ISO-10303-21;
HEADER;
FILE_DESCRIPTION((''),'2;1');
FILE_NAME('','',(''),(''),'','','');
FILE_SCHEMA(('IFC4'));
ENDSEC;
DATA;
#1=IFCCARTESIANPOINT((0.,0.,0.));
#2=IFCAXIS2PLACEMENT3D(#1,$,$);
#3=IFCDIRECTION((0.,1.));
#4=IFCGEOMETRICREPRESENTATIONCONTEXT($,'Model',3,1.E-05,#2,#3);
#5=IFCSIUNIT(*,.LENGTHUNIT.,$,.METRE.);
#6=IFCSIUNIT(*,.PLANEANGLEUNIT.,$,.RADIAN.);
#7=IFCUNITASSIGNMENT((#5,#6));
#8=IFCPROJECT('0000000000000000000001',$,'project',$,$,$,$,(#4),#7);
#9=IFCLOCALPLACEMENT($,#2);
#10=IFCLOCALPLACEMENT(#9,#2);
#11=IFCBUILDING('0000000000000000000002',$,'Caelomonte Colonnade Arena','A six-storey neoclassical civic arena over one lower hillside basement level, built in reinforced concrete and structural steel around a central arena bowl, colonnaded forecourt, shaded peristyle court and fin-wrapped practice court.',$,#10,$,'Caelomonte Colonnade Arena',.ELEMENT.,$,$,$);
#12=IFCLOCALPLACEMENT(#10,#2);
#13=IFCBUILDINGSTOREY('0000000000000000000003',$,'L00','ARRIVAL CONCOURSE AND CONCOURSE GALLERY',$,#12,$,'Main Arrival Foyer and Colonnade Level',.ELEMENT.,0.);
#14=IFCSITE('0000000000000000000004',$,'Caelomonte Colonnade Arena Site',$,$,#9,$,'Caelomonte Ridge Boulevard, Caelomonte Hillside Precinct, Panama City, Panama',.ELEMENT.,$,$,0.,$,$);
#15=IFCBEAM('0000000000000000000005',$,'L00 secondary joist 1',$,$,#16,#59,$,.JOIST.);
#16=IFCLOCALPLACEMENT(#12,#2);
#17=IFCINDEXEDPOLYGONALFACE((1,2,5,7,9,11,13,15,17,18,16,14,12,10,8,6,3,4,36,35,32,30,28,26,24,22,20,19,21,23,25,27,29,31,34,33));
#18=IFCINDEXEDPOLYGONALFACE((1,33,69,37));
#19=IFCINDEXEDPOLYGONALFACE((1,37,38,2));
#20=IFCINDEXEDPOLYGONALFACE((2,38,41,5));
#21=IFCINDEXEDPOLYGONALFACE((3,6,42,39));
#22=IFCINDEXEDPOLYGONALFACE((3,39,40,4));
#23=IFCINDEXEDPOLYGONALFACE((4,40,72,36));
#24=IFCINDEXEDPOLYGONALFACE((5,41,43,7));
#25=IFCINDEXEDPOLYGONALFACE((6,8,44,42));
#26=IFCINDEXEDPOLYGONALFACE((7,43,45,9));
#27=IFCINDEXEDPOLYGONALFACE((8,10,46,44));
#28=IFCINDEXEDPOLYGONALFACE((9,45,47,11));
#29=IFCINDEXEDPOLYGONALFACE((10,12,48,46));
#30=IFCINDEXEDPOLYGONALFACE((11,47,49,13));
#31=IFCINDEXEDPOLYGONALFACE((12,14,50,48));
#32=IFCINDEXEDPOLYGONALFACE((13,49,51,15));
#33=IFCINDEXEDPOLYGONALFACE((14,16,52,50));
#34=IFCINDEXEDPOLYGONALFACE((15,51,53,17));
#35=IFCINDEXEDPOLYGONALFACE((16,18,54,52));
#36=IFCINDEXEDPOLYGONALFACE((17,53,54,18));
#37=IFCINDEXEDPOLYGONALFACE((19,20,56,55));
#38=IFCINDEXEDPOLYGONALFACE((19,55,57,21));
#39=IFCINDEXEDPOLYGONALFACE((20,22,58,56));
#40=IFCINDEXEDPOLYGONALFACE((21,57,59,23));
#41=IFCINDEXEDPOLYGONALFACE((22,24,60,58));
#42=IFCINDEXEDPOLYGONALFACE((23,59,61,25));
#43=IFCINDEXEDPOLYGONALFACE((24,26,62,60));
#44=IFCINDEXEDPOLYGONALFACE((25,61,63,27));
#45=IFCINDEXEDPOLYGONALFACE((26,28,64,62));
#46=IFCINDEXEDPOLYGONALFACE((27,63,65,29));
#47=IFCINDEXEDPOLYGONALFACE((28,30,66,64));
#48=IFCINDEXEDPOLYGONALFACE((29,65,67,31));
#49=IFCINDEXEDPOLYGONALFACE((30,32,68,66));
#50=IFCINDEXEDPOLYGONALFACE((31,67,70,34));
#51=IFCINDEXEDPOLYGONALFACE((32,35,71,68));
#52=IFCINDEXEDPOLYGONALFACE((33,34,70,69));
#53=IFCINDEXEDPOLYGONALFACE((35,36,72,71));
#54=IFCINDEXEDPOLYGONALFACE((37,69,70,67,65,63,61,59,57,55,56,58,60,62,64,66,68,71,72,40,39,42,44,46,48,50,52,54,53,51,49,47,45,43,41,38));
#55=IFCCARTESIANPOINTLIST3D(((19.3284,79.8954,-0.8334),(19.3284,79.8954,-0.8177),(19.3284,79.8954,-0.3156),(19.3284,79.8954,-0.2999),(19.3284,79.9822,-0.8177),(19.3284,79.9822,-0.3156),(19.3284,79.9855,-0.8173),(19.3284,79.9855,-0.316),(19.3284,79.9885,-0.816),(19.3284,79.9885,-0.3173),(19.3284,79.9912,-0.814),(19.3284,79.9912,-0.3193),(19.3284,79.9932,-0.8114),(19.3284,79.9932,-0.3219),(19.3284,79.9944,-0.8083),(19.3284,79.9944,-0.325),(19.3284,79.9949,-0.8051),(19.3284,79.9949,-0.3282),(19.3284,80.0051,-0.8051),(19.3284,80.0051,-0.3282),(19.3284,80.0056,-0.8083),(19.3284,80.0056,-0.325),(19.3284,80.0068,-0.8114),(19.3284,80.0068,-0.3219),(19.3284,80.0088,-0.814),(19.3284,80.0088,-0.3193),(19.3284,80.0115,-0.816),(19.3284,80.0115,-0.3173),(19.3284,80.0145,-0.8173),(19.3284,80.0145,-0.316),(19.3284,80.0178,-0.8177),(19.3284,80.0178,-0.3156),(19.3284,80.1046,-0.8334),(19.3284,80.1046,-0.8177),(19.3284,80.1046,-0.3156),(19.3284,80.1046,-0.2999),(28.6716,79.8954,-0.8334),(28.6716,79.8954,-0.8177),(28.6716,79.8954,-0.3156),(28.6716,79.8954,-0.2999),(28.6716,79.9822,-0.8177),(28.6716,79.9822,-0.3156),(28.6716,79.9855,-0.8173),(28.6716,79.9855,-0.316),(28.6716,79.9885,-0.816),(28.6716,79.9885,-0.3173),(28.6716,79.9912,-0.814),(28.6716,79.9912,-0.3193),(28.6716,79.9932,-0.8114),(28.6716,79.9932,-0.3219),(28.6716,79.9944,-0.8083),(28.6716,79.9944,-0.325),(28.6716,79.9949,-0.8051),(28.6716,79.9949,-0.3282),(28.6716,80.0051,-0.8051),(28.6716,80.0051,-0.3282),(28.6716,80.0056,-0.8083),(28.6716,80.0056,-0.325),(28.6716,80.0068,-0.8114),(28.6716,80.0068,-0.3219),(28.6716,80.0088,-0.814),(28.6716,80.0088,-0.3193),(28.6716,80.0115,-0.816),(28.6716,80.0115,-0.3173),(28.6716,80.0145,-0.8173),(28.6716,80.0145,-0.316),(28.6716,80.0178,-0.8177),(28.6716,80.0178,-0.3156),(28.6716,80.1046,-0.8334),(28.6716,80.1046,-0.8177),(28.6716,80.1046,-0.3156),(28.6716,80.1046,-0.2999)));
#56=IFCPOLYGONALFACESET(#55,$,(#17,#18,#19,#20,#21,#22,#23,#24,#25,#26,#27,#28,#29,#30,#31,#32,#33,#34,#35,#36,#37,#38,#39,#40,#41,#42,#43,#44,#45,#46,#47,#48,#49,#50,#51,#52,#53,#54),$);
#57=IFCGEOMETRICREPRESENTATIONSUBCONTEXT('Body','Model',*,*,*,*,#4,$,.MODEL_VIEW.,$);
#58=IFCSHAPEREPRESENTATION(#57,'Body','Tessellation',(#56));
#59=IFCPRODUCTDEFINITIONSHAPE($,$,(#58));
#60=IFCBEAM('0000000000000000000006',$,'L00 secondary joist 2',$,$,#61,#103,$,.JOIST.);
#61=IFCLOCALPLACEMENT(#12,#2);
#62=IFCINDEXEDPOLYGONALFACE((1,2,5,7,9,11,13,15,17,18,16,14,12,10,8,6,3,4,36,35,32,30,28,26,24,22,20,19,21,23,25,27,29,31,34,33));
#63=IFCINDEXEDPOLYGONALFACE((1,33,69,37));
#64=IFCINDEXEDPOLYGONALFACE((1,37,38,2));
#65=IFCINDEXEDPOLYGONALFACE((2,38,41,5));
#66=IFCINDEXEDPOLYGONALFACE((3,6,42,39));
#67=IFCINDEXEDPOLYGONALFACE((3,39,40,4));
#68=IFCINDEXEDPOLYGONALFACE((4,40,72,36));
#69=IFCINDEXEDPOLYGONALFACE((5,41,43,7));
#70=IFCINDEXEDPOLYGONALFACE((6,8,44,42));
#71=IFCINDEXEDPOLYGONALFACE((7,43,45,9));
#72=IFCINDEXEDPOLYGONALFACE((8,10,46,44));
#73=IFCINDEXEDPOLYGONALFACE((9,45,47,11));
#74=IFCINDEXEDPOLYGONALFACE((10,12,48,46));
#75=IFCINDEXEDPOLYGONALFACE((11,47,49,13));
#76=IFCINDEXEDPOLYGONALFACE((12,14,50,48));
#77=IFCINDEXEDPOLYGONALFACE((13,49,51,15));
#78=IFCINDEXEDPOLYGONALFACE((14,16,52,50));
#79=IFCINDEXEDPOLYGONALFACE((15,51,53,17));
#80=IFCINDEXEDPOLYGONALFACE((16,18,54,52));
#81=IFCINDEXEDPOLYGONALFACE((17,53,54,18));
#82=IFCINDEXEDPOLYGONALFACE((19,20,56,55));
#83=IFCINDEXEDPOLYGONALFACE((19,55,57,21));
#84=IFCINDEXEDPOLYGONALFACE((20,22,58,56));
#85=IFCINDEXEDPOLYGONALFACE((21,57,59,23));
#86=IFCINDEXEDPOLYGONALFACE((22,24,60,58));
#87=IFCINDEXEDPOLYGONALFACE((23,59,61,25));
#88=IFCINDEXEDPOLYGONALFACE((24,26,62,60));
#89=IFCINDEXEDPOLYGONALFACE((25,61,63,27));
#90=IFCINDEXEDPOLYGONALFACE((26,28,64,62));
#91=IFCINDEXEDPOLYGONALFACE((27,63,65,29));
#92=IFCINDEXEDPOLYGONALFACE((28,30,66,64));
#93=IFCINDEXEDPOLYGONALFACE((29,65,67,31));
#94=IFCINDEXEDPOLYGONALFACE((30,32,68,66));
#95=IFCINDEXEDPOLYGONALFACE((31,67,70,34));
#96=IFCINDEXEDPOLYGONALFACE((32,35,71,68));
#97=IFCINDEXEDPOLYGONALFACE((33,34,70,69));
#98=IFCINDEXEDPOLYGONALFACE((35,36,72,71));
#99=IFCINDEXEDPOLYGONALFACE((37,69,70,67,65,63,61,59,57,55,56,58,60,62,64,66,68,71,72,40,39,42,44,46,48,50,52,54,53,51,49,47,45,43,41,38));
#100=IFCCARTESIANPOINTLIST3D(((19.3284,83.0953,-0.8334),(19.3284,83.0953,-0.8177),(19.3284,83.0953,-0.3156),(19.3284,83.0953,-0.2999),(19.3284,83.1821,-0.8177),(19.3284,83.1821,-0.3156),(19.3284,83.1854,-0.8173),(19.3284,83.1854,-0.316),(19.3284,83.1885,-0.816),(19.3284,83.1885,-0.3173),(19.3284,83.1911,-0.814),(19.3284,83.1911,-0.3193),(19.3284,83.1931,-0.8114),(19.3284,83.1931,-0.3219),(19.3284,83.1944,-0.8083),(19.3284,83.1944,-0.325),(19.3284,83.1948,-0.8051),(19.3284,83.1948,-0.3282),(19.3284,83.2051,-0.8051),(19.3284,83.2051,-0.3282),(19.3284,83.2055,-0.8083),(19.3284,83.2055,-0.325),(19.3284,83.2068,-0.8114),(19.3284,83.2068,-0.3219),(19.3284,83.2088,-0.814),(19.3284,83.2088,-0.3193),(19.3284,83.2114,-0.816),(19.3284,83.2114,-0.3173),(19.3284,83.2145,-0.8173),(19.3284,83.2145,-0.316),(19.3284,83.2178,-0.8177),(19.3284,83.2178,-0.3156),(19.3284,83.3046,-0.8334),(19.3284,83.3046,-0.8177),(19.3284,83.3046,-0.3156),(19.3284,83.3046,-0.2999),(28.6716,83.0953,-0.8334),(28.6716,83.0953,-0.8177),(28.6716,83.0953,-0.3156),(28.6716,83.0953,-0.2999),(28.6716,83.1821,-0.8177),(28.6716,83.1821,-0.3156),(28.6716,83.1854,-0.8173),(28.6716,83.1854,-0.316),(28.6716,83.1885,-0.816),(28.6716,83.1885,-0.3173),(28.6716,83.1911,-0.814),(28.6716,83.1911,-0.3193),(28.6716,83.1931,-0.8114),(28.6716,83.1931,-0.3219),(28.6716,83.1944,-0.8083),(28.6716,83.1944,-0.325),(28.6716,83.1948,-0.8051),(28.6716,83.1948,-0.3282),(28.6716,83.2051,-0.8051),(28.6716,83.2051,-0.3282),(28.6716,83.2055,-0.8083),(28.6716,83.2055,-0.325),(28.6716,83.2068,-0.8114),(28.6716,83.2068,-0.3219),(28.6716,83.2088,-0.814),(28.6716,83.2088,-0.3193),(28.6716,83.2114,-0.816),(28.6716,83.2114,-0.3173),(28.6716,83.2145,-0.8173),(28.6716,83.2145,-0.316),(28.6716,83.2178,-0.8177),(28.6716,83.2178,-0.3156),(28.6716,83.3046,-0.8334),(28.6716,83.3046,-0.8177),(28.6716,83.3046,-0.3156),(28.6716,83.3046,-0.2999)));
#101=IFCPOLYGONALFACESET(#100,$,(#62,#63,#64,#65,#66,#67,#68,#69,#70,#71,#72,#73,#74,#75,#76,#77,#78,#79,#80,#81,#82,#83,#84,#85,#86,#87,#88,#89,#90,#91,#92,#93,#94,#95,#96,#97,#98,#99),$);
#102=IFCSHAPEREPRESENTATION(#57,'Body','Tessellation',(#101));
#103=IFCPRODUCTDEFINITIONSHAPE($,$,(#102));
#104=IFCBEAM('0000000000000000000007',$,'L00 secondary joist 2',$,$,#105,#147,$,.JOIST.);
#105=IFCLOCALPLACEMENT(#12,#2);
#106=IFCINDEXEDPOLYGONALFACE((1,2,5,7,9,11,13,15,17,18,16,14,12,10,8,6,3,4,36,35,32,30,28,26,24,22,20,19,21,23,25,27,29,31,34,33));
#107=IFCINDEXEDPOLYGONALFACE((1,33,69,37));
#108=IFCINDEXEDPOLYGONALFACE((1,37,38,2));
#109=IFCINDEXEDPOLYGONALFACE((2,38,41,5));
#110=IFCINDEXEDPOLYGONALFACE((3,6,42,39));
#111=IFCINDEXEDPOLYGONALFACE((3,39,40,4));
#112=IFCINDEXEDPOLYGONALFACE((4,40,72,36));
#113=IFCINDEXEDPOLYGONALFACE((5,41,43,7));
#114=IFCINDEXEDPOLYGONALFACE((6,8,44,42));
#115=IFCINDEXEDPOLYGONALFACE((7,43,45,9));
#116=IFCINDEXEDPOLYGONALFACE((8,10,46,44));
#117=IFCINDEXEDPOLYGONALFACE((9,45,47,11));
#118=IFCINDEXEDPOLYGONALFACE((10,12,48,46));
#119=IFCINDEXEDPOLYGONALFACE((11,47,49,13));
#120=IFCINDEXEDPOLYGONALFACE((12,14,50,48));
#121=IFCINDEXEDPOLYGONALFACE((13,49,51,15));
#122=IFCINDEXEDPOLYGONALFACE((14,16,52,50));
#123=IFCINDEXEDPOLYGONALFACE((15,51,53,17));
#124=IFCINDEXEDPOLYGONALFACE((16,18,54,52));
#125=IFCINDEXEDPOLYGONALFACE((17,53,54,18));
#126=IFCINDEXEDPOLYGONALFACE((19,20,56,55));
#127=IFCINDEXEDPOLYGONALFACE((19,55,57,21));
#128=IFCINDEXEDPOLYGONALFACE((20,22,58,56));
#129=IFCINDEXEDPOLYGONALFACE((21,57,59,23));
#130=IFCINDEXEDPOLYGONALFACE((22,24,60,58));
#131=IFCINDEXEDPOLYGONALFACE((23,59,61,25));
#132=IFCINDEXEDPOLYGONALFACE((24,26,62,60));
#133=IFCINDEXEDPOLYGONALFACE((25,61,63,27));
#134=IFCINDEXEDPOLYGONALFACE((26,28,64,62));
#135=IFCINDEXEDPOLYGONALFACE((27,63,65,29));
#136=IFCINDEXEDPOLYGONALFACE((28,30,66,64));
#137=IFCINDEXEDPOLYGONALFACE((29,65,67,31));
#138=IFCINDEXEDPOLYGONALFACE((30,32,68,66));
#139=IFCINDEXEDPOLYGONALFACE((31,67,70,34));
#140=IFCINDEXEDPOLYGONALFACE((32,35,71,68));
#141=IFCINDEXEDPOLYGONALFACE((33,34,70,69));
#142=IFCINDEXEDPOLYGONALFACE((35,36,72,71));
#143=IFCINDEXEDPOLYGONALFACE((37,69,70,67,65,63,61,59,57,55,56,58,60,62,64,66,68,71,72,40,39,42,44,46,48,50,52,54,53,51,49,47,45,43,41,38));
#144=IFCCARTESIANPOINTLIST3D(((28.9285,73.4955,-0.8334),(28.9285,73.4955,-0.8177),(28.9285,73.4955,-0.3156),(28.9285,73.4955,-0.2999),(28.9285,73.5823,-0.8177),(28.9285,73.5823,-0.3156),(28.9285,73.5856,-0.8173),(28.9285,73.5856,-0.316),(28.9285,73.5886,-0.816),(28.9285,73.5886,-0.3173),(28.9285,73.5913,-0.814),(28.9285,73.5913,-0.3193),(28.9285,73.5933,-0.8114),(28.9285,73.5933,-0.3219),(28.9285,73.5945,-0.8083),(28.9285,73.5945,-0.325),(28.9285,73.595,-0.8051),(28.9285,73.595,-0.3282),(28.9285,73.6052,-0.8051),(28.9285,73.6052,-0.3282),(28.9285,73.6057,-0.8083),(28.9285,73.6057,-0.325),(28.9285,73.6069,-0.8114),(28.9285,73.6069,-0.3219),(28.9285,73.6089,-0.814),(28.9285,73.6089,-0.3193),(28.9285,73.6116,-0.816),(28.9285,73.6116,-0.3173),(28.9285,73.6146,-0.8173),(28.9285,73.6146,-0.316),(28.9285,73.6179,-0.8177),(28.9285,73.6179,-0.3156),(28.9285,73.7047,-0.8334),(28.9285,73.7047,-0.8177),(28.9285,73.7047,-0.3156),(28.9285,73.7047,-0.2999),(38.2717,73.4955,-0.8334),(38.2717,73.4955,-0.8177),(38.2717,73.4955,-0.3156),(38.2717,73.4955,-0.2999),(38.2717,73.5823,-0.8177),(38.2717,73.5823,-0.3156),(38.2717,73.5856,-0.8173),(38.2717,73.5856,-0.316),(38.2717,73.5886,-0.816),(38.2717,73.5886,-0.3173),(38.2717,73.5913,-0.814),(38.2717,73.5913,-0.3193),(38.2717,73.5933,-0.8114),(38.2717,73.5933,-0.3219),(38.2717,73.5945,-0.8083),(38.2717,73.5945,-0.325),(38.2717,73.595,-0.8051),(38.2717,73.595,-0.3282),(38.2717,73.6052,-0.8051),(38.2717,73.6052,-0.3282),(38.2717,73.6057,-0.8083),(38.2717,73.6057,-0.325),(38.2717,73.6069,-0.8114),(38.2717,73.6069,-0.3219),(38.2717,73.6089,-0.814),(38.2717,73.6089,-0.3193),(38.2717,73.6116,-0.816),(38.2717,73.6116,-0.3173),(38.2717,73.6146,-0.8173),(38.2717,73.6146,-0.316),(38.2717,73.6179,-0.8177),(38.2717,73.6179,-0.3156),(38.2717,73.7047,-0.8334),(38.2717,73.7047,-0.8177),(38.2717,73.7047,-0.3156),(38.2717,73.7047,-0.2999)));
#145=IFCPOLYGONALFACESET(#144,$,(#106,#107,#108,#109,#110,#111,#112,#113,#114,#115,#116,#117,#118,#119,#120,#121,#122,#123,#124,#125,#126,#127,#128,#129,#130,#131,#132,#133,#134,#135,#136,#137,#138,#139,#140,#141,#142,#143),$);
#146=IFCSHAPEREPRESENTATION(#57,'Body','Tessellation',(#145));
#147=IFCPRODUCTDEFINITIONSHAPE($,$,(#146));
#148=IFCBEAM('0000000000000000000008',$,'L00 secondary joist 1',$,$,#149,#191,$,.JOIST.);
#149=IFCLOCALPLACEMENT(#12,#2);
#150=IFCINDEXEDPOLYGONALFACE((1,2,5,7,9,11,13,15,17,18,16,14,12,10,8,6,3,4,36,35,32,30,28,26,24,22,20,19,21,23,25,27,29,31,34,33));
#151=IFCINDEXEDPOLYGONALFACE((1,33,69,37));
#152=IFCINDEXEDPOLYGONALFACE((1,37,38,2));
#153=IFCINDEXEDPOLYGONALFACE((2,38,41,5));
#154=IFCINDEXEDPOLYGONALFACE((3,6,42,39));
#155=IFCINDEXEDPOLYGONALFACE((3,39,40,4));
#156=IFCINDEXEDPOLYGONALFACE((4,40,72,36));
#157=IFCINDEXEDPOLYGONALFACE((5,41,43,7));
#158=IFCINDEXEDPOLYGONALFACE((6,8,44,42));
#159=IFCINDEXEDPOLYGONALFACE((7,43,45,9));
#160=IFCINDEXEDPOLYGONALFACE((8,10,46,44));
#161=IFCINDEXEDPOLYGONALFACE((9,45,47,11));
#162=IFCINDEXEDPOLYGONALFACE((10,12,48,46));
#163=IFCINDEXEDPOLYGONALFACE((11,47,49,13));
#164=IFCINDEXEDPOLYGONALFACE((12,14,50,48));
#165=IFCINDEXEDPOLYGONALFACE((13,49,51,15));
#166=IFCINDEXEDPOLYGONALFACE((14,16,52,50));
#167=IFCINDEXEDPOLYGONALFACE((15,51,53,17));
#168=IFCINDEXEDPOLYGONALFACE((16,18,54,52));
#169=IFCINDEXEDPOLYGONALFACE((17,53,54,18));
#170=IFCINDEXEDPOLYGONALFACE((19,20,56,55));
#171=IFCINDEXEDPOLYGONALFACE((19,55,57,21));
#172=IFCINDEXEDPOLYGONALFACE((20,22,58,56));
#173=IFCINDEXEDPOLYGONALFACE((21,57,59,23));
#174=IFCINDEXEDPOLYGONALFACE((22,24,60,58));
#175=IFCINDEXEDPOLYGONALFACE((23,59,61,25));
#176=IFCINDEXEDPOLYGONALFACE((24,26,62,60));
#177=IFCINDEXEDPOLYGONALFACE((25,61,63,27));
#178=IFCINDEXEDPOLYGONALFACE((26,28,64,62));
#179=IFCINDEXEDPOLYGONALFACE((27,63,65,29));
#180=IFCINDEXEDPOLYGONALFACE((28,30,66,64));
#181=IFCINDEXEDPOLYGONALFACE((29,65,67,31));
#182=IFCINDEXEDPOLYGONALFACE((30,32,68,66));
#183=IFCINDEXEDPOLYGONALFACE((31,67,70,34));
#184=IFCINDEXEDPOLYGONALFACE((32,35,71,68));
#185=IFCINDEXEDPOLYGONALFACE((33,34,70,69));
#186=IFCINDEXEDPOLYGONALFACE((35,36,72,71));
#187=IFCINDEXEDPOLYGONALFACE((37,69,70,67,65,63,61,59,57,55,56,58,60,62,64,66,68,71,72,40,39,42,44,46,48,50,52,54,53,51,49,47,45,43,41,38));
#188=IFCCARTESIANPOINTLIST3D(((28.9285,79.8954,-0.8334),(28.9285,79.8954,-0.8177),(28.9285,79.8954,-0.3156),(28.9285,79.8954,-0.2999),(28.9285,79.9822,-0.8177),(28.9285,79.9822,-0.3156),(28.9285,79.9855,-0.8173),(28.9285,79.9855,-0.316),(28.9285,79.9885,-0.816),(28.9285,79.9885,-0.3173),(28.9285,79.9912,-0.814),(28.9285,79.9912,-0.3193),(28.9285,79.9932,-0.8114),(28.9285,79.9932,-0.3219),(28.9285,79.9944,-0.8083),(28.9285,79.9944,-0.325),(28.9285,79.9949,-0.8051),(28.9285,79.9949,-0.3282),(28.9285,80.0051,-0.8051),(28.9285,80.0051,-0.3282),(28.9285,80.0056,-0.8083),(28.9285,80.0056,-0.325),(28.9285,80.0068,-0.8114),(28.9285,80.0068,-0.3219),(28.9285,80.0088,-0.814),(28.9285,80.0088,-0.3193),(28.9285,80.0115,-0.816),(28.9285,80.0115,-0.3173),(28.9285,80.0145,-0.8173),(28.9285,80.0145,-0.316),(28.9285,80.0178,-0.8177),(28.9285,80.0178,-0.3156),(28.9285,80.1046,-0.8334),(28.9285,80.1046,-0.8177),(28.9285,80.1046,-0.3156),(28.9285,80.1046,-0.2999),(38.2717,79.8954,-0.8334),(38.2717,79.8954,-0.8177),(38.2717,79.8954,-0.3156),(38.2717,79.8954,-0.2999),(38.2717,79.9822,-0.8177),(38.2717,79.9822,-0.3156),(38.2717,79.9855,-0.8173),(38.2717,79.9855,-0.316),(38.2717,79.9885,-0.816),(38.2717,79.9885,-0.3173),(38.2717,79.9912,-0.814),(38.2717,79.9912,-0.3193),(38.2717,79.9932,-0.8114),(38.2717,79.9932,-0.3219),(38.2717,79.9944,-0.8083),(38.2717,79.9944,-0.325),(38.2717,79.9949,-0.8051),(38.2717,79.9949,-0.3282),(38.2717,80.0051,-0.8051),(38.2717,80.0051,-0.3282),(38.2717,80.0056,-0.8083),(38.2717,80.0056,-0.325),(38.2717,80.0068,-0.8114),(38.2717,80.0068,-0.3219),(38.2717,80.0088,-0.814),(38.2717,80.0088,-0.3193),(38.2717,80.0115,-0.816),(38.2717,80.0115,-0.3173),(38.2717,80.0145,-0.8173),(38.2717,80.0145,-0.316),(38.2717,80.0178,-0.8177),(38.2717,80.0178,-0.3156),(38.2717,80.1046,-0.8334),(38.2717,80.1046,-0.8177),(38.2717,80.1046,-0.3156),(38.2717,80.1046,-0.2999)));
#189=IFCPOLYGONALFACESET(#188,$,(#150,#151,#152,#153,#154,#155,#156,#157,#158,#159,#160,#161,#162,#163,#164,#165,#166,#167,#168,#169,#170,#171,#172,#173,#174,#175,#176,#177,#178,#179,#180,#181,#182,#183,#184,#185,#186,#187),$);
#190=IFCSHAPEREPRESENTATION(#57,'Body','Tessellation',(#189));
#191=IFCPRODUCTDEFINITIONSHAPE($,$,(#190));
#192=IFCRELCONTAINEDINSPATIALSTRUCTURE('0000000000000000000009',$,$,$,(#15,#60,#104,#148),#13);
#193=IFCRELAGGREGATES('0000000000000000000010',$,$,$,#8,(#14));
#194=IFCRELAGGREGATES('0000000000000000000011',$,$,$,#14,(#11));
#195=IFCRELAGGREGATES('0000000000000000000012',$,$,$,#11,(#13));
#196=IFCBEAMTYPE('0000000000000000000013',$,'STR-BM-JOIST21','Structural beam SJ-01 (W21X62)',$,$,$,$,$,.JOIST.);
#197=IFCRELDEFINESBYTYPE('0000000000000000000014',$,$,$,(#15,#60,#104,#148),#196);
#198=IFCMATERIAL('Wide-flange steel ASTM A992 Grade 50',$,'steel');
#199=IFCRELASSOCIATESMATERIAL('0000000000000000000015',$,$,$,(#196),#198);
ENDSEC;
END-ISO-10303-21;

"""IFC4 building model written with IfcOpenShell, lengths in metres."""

from ifc_helpers import new_model, si_unit, direction, frame, origin, origin_2d, place, context, subcontext, project, spatial, i_section, extrude, material, material_profile, profile_set, type_object, element, save


model = new_model("IFC4")

# Units and contexts
model_context = context("Model", 3, precision=1e-05, world=origin(), true_north=direction((0.0, 1.0)))
body_context = subcontext(model_context, "Body", "Model", "MODEL_VIEW")
ifc_project = project(units=[si_unit("LENGTHUNIT", "METRE"), si_unit("PLANEANGLEUNIT", "RADIAN")], contexts=[model_context])

# Site, building, storey
site_placement = place(None, origin())
site = spatial("IfcSite", under=ifc_project, at=site_placement, Name="Caelomonte Colonnade Arena Site", LongName="Caelomonte Ridge Boulevard, Caelomonte Hillside Precinct, Panama City, Panama", CompositionType="ELEMENT", RefElevation=0.0)
building_placement = place(site_placement, origin())
building = spatial("IfcBuilding", under=site, at=building_placement, Name="Caelomonte Colonnade Arena", Description="A six-storey neoclassical civic arena over one lower hillside basement level, built in reinforced concrete and structural steel around a central arena bowl, colonnaded forecourt, shaded peristyle court and fin-wrapped practice court.", LongName="Caelomonte Colonnade Arena", CompositionType="ELEMENT")
storey_placement = place(building_placement, origin())
storey = spatial("IfcBuildingStorey", under=building, at=storey_placement, Name="L00", Description="ARRIVAL CONCOURSE AND CONCOURSE GALLERY", LongName="Main Arrival Foyer and Colonnade Level", CompositionType="ELEMENT", Elevation=0.0)

# Shared definitions
ifc_material_1 = material(Name="Wide-flange steel ASTM A992 Grade 50", Category="steel")

# Beams
ifc_material_profile_1 = material_profile(ifc_material_1, i_section(OverallWidth=0.2092, OverallDepth=0.5334, WebThickness=0.0103, FlangeThickness=0.0156, FilletRadius=0.0127, at=origin_2d()), Name="W21X62")
ifc_profile_set_1 = profile_set([ifc_material_profile_1], Name="Wide-flange steel ASTM A992 Grade 50")
beam_type_1 = type_object("IfcBeamType", Name="STR-BM-JOIST21", Description="Structural beam SJ-01 (W21X62)", PredefinedType="JOIST", material=ifc_profile_set_1)
for number, where, z_axis, x_axis, name in (
    (1, (19.3284, 80.0, -0.5667), (1.0, 0.0, 0.0), (0.0, 1.0, 0.0), "L00 secondary joist 1"),
    (2, (19.3284, 83.2, -0.5667), (1.0, 0.0, 0.0), (0.0, 1.0, 0.0), "L00 secondary joist 2"),
    (3, (28.9285, 73.6001, -0.5667), (1.0, 0.0, 0.0), (0.0, 1.0, 0.0), "L00 secondary joist 2"),
    (4, (28.9285, 80.0, -0.5667), (1.0, 0.0, 0.0), (0.0, 1.0, 0.0), "L00 secondary joist 1"),
):
    element("IfcBeam", number, at=place(storey_placement, frame(where, z_axis=z_axis, x_axis=x_axis)), inside=storey, type_object=beam_type_1, Name=name, PredefinedType="JOIST", context=body_context, shape_type="SweptSolid", body=[
        extrude(i_section(OverallWidth=0.2092, OverallDepth=0.5334, WebThickness=0.0103, FlangeThickness=0.0156, FilletRadius=0.0127, at=origin_2d()), origin(), (0.0, 0.0, 1.0), 9.3433),
    ])

save(model, "model.ifc")
